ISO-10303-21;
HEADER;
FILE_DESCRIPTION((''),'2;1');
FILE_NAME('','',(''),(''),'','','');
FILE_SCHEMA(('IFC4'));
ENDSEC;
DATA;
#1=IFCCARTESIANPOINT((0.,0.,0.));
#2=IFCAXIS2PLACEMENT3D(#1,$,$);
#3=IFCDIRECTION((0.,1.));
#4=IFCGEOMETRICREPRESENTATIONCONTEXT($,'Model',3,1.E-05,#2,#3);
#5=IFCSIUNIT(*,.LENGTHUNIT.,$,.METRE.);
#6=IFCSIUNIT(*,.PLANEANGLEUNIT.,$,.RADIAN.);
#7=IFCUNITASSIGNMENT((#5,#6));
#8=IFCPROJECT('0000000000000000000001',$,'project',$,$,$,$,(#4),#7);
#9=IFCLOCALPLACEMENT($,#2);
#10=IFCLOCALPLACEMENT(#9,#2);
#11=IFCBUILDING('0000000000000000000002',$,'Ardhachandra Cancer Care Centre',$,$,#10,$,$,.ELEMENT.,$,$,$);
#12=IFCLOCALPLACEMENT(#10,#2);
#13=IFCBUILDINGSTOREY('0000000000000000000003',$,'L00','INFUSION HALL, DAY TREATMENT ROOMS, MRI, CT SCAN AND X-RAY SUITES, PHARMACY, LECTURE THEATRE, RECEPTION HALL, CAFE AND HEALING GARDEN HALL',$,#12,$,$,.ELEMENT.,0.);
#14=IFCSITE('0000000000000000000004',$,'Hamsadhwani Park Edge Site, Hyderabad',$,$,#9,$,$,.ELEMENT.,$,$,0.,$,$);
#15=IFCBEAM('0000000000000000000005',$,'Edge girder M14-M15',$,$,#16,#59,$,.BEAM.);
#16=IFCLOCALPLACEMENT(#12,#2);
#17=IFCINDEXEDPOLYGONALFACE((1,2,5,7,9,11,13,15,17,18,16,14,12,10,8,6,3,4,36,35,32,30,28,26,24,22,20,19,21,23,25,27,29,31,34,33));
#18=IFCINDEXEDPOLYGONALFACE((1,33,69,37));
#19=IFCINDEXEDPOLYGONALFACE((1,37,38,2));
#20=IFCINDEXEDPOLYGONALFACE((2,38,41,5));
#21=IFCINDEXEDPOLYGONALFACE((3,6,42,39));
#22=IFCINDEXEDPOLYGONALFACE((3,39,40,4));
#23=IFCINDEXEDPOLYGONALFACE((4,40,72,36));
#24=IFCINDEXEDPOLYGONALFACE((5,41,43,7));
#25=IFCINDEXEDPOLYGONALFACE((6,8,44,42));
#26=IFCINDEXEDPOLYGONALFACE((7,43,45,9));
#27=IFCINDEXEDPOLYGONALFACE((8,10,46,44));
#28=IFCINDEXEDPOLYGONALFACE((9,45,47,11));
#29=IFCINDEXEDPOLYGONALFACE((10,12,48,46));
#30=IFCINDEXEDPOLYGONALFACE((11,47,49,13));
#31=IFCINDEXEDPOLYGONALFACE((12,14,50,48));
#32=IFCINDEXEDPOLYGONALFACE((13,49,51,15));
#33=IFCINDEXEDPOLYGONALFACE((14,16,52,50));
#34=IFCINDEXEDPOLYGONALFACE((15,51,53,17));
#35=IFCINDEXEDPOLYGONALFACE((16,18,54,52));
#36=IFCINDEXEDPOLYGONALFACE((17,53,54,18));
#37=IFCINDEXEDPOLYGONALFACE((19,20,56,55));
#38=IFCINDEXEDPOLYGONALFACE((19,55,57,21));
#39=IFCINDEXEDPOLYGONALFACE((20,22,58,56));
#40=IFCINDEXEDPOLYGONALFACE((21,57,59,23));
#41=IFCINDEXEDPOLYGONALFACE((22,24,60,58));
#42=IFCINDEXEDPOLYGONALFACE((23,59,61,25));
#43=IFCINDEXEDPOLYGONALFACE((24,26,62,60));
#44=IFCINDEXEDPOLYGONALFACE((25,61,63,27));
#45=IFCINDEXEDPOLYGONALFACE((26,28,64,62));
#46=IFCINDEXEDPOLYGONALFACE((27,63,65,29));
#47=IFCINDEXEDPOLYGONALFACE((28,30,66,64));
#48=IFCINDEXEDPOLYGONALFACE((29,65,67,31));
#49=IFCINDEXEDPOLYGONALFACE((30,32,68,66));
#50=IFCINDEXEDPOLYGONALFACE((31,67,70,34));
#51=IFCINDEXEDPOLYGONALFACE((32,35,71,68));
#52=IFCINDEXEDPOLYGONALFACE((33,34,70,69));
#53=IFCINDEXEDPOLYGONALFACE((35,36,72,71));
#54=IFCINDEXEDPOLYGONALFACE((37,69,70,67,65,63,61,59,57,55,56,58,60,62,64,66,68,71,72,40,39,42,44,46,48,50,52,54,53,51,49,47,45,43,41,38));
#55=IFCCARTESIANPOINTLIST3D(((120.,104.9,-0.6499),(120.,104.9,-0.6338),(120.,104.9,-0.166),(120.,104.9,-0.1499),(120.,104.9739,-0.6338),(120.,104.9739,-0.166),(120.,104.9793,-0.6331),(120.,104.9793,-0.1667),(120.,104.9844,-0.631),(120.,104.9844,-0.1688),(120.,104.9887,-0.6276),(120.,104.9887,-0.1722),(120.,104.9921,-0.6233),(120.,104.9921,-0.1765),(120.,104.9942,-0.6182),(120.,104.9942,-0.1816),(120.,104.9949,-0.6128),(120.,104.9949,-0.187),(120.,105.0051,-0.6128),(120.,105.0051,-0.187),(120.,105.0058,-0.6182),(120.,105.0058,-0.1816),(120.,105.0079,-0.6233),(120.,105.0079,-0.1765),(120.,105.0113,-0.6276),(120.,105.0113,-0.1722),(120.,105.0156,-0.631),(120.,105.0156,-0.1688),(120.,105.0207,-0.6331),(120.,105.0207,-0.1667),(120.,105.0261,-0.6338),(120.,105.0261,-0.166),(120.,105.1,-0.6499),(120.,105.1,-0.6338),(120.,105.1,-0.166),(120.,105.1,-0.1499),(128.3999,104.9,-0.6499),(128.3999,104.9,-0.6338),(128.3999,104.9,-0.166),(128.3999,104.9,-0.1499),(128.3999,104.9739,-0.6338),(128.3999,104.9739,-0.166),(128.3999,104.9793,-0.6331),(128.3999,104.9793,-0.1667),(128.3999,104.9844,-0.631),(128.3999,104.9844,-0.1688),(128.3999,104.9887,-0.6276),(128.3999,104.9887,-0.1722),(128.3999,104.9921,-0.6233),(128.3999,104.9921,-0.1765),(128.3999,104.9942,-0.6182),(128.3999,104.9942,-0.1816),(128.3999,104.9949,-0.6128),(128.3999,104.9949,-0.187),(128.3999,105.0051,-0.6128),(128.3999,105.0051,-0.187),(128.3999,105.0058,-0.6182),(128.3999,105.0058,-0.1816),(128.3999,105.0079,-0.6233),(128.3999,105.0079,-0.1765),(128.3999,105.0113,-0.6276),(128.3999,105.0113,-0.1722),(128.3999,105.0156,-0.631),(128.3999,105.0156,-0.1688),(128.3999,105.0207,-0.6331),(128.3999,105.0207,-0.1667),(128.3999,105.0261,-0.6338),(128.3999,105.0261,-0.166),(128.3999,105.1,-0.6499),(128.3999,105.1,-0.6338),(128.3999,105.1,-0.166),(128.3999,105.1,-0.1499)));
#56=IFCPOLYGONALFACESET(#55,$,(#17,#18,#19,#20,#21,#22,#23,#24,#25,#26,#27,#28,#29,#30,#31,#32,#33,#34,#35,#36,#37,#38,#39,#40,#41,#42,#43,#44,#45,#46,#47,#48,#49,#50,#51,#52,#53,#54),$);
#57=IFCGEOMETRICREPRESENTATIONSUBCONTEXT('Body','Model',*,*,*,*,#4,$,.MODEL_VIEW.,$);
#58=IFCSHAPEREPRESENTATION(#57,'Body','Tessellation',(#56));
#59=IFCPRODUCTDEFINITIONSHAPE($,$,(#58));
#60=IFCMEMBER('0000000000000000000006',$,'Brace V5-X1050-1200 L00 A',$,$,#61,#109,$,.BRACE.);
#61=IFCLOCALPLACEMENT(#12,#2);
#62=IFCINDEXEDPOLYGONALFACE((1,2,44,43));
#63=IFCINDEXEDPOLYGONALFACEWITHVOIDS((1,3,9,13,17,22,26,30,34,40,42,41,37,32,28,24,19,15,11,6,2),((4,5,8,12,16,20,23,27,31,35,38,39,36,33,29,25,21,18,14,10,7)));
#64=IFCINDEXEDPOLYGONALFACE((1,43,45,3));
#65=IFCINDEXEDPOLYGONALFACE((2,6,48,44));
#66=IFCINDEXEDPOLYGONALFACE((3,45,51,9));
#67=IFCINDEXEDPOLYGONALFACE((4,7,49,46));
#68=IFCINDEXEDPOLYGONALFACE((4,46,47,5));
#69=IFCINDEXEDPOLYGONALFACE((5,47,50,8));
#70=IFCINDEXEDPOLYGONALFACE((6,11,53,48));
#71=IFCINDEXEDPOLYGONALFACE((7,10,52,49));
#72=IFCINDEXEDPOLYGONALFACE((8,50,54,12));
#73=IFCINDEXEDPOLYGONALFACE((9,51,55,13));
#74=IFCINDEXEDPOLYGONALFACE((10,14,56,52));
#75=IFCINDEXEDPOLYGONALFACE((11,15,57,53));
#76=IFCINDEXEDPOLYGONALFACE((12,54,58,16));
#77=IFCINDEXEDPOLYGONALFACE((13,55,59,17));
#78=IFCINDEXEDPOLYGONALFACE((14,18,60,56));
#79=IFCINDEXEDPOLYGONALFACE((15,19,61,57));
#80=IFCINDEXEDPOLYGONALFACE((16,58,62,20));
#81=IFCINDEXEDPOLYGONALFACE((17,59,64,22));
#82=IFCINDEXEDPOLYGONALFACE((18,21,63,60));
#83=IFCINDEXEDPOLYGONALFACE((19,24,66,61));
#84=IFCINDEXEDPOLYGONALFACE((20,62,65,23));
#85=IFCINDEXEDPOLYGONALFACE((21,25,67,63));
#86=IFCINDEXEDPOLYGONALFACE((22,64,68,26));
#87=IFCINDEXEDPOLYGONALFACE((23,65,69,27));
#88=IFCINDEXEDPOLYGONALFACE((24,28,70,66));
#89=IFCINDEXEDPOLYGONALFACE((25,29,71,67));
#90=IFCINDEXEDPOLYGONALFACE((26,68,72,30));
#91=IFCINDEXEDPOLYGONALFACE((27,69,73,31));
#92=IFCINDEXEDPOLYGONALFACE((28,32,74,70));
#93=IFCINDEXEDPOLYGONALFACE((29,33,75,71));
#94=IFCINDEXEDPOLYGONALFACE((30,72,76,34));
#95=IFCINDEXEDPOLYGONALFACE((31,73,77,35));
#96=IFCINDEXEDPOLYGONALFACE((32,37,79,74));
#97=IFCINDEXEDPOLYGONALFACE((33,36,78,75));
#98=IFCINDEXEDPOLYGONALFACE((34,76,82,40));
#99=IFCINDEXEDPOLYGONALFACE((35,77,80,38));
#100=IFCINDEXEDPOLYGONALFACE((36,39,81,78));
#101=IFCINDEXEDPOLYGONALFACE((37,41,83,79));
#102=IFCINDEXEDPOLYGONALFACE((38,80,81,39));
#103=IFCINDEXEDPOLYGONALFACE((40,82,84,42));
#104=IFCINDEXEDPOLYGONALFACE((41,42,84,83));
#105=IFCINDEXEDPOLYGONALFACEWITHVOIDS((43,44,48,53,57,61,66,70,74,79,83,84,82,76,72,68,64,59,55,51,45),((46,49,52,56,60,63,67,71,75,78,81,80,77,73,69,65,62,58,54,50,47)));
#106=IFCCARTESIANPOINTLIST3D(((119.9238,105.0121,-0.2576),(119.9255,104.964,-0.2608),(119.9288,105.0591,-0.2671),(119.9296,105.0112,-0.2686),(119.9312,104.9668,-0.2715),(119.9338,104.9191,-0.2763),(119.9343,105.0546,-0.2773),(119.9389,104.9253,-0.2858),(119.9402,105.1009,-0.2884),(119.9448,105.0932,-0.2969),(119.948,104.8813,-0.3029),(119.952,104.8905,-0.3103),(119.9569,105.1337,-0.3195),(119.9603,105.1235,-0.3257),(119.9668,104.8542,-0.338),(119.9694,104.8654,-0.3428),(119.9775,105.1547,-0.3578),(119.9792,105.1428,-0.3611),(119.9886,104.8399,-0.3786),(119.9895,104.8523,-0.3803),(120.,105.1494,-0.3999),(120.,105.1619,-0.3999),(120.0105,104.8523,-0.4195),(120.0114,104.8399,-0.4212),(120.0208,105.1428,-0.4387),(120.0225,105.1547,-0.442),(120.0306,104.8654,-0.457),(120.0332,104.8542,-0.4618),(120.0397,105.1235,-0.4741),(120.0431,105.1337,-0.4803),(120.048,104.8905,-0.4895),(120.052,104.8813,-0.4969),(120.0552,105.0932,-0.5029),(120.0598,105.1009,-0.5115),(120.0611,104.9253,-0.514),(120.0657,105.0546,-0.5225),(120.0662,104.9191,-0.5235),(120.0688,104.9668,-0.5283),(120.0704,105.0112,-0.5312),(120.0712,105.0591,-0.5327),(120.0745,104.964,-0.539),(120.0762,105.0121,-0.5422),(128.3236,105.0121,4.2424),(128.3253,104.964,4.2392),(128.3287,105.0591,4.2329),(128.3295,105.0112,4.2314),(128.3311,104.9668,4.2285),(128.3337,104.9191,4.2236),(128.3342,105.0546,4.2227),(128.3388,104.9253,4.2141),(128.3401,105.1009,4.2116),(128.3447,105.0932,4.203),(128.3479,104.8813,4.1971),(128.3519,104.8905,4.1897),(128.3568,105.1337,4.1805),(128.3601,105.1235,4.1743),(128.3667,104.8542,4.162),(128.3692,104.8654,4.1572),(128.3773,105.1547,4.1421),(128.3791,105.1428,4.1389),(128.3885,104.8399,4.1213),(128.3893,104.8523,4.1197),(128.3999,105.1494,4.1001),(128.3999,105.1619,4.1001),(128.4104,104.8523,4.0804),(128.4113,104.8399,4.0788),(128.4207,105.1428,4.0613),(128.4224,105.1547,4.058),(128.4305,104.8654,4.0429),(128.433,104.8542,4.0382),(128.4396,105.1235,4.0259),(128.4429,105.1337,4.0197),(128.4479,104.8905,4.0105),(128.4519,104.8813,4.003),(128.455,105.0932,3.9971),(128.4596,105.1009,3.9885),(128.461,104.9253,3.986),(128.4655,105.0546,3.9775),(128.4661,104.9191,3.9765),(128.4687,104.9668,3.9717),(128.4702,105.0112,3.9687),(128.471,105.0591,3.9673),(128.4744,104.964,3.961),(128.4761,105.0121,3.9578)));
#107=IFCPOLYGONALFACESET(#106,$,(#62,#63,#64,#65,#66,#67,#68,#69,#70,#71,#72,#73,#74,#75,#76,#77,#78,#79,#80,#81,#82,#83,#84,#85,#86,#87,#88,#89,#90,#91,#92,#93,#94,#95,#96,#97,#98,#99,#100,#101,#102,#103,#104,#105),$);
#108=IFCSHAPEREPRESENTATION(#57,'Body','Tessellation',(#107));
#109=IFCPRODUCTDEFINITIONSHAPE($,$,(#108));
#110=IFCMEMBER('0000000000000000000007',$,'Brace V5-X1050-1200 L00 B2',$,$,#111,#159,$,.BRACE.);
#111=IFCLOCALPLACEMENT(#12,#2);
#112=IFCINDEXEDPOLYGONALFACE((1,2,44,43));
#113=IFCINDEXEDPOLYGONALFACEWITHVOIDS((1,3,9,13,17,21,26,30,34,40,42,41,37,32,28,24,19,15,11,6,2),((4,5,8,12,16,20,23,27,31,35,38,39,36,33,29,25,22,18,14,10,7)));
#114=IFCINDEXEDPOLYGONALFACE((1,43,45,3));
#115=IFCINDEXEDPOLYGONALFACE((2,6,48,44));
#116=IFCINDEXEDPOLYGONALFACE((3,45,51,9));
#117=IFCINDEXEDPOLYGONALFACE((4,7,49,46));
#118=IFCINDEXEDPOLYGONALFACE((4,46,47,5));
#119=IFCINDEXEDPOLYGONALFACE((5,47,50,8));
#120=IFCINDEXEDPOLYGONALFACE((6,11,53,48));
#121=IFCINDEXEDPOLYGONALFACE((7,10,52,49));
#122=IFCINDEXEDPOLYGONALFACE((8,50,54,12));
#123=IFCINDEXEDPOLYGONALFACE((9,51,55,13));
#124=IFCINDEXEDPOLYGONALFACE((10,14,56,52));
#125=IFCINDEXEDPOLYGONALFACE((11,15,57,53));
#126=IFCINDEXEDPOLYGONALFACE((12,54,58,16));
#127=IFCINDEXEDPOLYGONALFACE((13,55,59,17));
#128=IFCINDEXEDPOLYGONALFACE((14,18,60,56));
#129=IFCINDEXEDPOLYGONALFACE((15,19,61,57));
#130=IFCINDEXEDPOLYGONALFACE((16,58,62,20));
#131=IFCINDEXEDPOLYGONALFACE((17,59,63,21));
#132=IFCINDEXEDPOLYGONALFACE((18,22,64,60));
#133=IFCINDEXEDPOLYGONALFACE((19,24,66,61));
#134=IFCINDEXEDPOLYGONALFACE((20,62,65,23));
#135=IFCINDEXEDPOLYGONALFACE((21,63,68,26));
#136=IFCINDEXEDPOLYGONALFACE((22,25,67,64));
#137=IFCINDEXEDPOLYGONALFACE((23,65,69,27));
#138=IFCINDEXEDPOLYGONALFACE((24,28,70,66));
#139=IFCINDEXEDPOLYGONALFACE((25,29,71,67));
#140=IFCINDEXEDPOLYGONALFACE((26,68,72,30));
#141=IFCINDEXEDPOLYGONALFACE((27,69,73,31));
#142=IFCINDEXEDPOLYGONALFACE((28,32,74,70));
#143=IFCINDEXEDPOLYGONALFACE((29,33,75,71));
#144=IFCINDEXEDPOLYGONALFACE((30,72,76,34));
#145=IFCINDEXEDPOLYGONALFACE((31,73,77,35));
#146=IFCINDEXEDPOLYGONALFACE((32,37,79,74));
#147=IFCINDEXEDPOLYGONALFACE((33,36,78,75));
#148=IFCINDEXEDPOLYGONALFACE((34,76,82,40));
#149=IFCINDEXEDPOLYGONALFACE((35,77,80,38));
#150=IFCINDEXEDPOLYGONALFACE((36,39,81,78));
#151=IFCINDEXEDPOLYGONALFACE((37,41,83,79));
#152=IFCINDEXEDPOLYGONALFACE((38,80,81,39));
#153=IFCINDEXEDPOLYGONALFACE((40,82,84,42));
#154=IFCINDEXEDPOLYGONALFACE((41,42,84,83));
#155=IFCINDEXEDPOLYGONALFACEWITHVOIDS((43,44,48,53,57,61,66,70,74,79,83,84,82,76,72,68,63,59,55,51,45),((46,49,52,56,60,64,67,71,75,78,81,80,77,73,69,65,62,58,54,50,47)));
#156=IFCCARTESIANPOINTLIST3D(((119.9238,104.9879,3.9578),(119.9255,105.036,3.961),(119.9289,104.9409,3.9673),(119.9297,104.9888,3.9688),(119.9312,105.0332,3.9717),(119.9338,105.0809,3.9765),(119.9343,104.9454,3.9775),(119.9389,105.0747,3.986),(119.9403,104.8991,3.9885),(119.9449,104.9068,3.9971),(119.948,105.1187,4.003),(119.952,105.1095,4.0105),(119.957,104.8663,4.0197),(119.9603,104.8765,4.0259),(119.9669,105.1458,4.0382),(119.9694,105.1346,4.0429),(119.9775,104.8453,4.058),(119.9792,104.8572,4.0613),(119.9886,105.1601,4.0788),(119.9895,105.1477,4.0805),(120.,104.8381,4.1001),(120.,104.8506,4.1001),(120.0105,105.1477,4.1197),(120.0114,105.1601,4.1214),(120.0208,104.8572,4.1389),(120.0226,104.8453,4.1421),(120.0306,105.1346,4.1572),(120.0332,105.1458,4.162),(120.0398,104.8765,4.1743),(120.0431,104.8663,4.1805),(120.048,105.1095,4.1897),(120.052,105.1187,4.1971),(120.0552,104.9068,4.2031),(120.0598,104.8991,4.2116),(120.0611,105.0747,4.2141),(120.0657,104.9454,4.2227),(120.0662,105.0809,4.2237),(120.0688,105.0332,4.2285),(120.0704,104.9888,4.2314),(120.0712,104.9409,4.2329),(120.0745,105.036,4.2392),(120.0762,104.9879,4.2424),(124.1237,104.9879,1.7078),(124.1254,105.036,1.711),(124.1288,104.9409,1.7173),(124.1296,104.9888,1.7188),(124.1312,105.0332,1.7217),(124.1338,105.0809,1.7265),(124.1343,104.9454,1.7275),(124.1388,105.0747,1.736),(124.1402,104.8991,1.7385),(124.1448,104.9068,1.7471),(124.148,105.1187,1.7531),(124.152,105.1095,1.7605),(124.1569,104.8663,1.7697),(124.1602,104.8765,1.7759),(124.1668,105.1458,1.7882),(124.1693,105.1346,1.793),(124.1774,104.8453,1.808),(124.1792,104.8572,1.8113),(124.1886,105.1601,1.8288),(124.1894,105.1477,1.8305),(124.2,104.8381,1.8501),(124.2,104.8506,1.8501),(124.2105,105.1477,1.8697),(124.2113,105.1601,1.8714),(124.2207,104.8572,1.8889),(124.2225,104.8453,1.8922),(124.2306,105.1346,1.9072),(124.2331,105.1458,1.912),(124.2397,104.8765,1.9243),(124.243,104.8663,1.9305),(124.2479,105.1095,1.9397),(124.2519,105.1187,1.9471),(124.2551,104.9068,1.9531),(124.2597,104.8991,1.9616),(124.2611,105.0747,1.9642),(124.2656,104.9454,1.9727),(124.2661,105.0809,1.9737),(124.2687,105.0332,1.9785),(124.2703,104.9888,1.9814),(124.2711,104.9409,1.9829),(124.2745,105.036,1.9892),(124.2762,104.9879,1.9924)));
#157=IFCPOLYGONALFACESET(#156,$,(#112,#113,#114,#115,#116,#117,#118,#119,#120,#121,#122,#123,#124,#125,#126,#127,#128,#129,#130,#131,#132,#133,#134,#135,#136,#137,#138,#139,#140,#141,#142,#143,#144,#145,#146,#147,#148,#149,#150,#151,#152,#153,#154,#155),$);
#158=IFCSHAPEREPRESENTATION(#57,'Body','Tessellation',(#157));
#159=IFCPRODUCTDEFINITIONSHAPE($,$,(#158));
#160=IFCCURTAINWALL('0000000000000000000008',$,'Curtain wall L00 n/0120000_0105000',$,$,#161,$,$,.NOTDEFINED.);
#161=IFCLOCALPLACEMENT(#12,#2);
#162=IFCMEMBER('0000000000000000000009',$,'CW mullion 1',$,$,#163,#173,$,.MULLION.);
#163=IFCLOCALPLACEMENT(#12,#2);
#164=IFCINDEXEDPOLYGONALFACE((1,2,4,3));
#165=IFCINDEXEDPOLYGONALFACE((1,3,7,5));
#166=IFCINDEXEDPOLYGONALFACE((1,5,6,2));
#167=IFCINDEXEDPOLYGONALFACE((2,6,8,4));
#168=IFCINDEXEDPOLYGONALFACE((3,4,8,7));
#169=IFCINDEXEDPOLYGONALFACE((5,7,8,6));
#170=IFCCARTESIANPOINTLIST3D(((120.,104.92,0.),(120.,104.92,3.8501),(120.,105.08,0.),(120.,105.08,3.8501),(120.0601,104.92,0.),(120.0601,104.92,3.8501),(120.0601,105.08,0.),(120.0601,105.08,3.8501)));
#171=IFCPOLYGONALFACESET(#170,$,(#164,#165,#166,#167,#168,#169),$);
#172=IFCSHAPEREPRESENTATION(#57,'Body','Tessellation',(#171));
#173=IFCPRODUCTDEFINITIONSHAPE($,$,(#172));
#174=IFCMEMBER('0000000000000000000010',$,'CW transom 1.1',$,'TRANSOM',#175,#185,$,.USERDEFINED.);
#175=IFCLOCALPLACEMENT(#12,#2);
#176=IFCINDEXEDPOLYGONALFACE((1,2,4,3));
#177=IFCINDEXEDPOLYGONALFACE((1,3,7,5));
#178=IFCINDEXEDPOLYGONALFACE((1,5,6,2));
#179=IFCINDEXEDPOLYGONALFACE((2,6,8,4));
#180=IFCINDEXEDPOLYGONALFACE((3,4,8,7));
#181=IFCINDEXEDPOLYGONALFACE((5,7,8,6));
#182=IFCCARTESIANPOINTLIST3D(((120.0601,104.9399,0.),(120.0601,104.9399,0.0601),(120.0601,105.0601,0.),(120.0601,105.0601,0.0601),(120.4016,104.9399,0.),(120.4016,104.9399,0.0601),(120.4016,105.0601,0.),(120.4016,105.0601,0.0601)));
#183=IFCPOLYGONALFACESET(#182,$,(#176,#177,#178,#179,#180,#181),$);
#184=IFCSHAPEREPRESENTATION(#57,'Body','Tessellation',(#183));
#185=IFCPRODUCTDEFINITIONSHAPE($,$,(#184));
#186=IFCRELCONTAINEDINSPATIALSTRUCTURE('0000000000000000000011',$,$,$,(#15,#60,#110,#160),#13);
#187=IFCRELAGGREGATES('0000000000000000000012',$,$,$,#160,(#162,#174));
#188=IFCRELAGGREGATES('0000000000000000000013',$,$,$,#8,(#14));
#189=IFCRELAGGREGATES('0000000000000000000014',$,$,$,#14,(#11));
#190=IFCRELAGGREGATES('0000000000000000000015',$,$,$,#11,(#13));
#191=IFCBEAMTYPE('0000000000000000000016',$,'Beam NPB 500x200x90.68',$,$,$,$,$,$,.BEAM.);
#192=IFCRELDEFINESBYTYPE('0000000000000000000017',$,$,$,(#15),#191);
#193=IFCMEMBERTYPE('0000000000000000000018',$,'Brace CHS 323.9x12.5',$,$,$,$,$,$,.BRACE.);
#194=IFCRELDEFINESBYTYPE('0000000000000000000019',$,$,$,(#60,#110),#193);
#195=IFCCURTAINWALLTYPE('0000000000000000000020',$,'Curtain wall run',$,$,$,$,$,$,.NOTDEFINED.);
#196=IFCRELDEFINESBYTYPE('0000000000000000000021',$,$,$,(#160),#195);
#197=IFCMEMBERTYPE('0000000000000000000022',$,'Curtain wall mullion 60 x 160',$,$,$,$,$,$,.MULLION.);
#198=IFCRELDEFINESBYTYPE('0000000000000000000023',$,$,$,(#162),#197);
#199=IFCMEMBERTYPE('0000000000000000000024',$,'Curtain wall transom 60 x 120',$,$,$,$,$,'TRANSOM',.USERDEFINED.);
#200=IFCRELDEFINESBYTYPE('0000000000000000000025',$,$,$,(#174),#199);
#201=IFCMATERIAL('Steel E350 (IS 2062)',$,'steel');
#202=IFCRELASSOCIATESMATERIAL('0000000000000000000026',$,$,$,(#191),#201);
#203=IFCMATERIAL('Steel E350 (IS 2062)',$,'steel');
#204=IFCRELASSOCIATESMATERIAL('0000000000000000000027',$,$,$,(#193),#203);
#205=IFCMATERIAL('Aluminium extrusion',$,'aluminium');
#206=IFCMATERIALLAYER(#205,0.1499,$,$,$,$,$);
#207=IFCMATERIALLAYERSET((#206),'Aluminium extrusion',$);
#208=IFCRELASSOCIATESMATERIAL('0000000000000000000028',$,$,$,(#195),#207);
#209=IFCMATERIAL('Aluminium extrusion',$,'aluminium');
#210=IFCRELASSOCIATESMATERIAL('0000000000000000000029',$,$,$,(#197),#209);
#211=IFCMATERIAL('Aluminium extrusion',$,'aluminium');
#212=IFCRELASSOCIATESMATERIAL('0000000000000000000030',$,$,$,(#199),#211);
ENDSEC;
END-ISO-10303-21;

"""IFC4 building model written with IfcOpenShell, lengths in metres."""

from ifc_helpers import new_model, si_unit, direction, frame, origin, origin_2d, place, context, subcontext, project, spatial, rectangle, hollow_circle, i_section, extrude, material, layer, layer_set, material_profile, profile_set, type_object, element, aggregate, save


model = new_model("IFC4")

# Units and contexts
model_context = context("Model", 3, precision=1e-05, world=origin(), true_north=direction((0.0, 1.0)))
body_context = subcontext(model_context, "Body", "Model", "MODEL_VIEW")
ifc_project = project(units=[si_unit("LENGTHUNIT", "METRE"), si_unit("PLANEANGLEUNIT", "RADIAN")], contexts=[model_context])

# Site, building, storey
site_placement = place(None, origin())
site = spatial("IfcSite", under=ifc_project, at=site_placement, Name="Hamsadhwani Park Edge Site, Hyderabad", CompositionType="ELEMENT", RefElevation=0.0)
building_placement = place(site_placement, origin())
building = spatial("IfcBuilding", under=site, at=building_placement, Name="Ardhachandra Cancer Care Centre", CompositionType="ELEMENT")
storey_placement = place(building_placement, origin())
storey = spatial("IfcBuildingStorey", under=building, at=storey_placement, Name="L00", Description="INFUSION HALL, DAY TREATMENT ROOMS, MRI, CT SCAN AND X-RAY SUITES, PHARMACY, LECTURE THEATRE, RECEPTION HALL, CAFE AND HEALING GARDEN HALL", CompositionType="ELEMENT", Elevation=0.0)

# Beam
ifc_material_1 = material(Name="Steel E350 (IS 2062)", Category="steel")
ifc_material_profile_1 = material_profile(ifc_material_1, i_section(OverallWidth=0.2, OverallDepth=0.5, WebThickness=0.0103, FlangeThickness=0.0161, FilletRadius=0.021, at=origin_2d()), Name="NPB 500x200x90.68")
ifc_profile_set_1 = profile_set([ifc_material_profile_1], Name="Steel E350 (IS 2062)")
beam_type = type_object("IfcBeamType", Name="Beam NPB 500x200x90.68", PredefinedType="BEAM", material=ifc_profile_set_1)
beam_placement = place(storey_placement, frame((120.0, 105.0, -0.3999), z_axis=(1.0, 0.0, 0.0), x_axis=(0.0, 1.0, 0.0)))
element("IfcBeam", 1, at=beam_placement, inside=storey, type_object=beam_type, Name="Edge girder M14-M15", PredefinedType="BEAM", context=body_context, shape_type="SweptSolid", body=[
    extrude(i_section(OverallWidth=0.2, OverallDepth=0.5, WebThickness=0.0103, FlangeThickness=0.0161, FilletRadius=0.021, at=origin_2d()), origin(), (0.0, 0.0, 1.0), 8.3999),
])

# Members
ifc_material_2 = material(Name="Steel E350 (IS 2062)", Category="steel")
ifc_material_profile_2 = material_profile(ifc_material_2, hollow_circle(Radius=0.1619, WallThickness=0.0125, at=origin_2d()), Name="CHS 323.9x12.5")
ifc_profile_set_2 = profile_set([ifc_material_profile_2], Name="Steel E350 (IS 2062)")
member_type_1 = type_object("IfcMemberType", Name="Brace CHS 323.9x12.5", PredefinedType="BRACE", material=ifc_profile_set_2)
member_1_placement = place(storey_placement, frame((120.0, 105.0, -0.3999), z_axis=(0.881478, 0.0, 0.472226), x_axis=(0.0, 1.0, 0.0)))
element("IfcMember", 2, at=member_1_placement, inside=storey, type_object=member_type_1, Name="Brace V5-X1050-1200 L00 A", PredefinedType="BRACE", context=body_context, shape_type="SweptSolid", body=[
    extrude(hollow_circle(Radius=0.1619, WallThickness=0.0125, at=origin_2d()), origin(), (0.0, 0.0, 1.0), 9.5293),
])
member_2_placement = place(storey_placement, frame((124.2, 105.0, 1.8501), z_axis=(-0.881478, 0.0, 0.472226), x_axis=(0.0, -1.0, 0.0)))
element("IfcMember", 3, at=member_2_placement, inside=storey, type_object=member_type_1, Name="Brace V5-X1050-1200 L00 B2", PredefinedType="BRACE", context=body_context, shape_type="SweptSolid", body=[
    extrude(hollow_circle(Radius=0.1619, WallThickness=0.0125, at=origin_2d()), origin(), (0.0, 0.0, 1.0), 4.7646),
])

# Curtain wall, members
ifc_material_3 = material(Name="Aluminium extrusion", Category="aluminium")
ifc_layer_1 = layer(ifc_material_3, 0.1499)
ifc_layer_set_1 = layer_set([ifc_layer_1], Name="Aluminium extrusion")
curtain_wall_type = type_object("IfcCurtainWallType", Name="Curtain wall run", PredefinedType="NOTDEFINED", material=ifc_layer_set_1)
curtain_wall_placement = place(storey_placement, origin())
curtain_wall = element("IfcCurtainWall", 4, at=curtain_wall_placement, inside=storey, type_object=curtain_wall_type, Name="Curtain wall L00 n/0120000_0105000", PredefinedType="NOTDEFINED")
ifc_material_4 = material(Name="Aluminium extrusion", Category="aluminium")
ifc_material_profile_3 = material_profile(ifc_material_4, rectangle(XDim=0.1599, YDim=0.0601, at=origin_2d()), Name="Curtain wall mullion 60 x 160")
ifc_profile_set_3 = profile_set([ifc_material_profile_3], Name="Aluminium extrusion")
member_type_2 = type_object("IfcMemberType", Name="Curtain wall mullion 60 x 160", PredefinedType="MULLION", material=ifc_profile_set_3)
member_3_placement = place(storey_placement, frame((120.03, 105.0, 0.0), z_axis=(0.0, 0.0, 1.0), x_axis=(0.0, 1.0, 0.0)))
member_3 = element("IfcMember", 5, at=member_3_placement, type_object=member_type_2, Name="CW mullion 1", PredefinedType="MULLION", context=body_context, shape_type="SweptSolid", body=[
    extrude(rectangle(XDim=0.1599, YDim=0.0601, at=origin_2d()), origin(), (0.0, 0.0, 1.0), 3.8501),
])
ifc_material_5 = material(Name="Aluminium extrusion", Category="aluminium")
ifc_material_profile_4 = material_profile(ifc_material_5, rectangle(XDim=0.1201, YDim=0.0601, at=origin_2d()), Name="Curtain wall transom 60 x 120")
ifc_profile_set_4 = profile_set([ifc_material_profile_4], Name="Aluminium extrusion")
member_type_3 = type_object("IfcMemberType", Name="Curtain wall transom 60 x 120", ElementType="TRANSOM", PredefinedType="USERDEFINED", material=ifc_profile_set_4)
member_4_placement = place(storey_placement, frame((120.0601, 105.0, 0.03), z_axis=(1.0, 0.0, 0.0), x_axis=(0.0, 1.0, 0.0)))
member_4 = element("IfcMember", 6, at=member_4_placement, type_object=member_type_3, Name="CW transom 1.1", ObjectType="TRANSOM", PredefinedType="USERDEFINED", context=body_context, shape_type="SweptSolid", body=[
    extrude(rectangle(XDim=0.1201, YDim=0.0601, at=origin_2d()), origin(), (0.0, 0.0, 1.0), 0.3416),
])
aggregate(curtain_wall, [member_3, member_4])

save(model, "model.ifc")
